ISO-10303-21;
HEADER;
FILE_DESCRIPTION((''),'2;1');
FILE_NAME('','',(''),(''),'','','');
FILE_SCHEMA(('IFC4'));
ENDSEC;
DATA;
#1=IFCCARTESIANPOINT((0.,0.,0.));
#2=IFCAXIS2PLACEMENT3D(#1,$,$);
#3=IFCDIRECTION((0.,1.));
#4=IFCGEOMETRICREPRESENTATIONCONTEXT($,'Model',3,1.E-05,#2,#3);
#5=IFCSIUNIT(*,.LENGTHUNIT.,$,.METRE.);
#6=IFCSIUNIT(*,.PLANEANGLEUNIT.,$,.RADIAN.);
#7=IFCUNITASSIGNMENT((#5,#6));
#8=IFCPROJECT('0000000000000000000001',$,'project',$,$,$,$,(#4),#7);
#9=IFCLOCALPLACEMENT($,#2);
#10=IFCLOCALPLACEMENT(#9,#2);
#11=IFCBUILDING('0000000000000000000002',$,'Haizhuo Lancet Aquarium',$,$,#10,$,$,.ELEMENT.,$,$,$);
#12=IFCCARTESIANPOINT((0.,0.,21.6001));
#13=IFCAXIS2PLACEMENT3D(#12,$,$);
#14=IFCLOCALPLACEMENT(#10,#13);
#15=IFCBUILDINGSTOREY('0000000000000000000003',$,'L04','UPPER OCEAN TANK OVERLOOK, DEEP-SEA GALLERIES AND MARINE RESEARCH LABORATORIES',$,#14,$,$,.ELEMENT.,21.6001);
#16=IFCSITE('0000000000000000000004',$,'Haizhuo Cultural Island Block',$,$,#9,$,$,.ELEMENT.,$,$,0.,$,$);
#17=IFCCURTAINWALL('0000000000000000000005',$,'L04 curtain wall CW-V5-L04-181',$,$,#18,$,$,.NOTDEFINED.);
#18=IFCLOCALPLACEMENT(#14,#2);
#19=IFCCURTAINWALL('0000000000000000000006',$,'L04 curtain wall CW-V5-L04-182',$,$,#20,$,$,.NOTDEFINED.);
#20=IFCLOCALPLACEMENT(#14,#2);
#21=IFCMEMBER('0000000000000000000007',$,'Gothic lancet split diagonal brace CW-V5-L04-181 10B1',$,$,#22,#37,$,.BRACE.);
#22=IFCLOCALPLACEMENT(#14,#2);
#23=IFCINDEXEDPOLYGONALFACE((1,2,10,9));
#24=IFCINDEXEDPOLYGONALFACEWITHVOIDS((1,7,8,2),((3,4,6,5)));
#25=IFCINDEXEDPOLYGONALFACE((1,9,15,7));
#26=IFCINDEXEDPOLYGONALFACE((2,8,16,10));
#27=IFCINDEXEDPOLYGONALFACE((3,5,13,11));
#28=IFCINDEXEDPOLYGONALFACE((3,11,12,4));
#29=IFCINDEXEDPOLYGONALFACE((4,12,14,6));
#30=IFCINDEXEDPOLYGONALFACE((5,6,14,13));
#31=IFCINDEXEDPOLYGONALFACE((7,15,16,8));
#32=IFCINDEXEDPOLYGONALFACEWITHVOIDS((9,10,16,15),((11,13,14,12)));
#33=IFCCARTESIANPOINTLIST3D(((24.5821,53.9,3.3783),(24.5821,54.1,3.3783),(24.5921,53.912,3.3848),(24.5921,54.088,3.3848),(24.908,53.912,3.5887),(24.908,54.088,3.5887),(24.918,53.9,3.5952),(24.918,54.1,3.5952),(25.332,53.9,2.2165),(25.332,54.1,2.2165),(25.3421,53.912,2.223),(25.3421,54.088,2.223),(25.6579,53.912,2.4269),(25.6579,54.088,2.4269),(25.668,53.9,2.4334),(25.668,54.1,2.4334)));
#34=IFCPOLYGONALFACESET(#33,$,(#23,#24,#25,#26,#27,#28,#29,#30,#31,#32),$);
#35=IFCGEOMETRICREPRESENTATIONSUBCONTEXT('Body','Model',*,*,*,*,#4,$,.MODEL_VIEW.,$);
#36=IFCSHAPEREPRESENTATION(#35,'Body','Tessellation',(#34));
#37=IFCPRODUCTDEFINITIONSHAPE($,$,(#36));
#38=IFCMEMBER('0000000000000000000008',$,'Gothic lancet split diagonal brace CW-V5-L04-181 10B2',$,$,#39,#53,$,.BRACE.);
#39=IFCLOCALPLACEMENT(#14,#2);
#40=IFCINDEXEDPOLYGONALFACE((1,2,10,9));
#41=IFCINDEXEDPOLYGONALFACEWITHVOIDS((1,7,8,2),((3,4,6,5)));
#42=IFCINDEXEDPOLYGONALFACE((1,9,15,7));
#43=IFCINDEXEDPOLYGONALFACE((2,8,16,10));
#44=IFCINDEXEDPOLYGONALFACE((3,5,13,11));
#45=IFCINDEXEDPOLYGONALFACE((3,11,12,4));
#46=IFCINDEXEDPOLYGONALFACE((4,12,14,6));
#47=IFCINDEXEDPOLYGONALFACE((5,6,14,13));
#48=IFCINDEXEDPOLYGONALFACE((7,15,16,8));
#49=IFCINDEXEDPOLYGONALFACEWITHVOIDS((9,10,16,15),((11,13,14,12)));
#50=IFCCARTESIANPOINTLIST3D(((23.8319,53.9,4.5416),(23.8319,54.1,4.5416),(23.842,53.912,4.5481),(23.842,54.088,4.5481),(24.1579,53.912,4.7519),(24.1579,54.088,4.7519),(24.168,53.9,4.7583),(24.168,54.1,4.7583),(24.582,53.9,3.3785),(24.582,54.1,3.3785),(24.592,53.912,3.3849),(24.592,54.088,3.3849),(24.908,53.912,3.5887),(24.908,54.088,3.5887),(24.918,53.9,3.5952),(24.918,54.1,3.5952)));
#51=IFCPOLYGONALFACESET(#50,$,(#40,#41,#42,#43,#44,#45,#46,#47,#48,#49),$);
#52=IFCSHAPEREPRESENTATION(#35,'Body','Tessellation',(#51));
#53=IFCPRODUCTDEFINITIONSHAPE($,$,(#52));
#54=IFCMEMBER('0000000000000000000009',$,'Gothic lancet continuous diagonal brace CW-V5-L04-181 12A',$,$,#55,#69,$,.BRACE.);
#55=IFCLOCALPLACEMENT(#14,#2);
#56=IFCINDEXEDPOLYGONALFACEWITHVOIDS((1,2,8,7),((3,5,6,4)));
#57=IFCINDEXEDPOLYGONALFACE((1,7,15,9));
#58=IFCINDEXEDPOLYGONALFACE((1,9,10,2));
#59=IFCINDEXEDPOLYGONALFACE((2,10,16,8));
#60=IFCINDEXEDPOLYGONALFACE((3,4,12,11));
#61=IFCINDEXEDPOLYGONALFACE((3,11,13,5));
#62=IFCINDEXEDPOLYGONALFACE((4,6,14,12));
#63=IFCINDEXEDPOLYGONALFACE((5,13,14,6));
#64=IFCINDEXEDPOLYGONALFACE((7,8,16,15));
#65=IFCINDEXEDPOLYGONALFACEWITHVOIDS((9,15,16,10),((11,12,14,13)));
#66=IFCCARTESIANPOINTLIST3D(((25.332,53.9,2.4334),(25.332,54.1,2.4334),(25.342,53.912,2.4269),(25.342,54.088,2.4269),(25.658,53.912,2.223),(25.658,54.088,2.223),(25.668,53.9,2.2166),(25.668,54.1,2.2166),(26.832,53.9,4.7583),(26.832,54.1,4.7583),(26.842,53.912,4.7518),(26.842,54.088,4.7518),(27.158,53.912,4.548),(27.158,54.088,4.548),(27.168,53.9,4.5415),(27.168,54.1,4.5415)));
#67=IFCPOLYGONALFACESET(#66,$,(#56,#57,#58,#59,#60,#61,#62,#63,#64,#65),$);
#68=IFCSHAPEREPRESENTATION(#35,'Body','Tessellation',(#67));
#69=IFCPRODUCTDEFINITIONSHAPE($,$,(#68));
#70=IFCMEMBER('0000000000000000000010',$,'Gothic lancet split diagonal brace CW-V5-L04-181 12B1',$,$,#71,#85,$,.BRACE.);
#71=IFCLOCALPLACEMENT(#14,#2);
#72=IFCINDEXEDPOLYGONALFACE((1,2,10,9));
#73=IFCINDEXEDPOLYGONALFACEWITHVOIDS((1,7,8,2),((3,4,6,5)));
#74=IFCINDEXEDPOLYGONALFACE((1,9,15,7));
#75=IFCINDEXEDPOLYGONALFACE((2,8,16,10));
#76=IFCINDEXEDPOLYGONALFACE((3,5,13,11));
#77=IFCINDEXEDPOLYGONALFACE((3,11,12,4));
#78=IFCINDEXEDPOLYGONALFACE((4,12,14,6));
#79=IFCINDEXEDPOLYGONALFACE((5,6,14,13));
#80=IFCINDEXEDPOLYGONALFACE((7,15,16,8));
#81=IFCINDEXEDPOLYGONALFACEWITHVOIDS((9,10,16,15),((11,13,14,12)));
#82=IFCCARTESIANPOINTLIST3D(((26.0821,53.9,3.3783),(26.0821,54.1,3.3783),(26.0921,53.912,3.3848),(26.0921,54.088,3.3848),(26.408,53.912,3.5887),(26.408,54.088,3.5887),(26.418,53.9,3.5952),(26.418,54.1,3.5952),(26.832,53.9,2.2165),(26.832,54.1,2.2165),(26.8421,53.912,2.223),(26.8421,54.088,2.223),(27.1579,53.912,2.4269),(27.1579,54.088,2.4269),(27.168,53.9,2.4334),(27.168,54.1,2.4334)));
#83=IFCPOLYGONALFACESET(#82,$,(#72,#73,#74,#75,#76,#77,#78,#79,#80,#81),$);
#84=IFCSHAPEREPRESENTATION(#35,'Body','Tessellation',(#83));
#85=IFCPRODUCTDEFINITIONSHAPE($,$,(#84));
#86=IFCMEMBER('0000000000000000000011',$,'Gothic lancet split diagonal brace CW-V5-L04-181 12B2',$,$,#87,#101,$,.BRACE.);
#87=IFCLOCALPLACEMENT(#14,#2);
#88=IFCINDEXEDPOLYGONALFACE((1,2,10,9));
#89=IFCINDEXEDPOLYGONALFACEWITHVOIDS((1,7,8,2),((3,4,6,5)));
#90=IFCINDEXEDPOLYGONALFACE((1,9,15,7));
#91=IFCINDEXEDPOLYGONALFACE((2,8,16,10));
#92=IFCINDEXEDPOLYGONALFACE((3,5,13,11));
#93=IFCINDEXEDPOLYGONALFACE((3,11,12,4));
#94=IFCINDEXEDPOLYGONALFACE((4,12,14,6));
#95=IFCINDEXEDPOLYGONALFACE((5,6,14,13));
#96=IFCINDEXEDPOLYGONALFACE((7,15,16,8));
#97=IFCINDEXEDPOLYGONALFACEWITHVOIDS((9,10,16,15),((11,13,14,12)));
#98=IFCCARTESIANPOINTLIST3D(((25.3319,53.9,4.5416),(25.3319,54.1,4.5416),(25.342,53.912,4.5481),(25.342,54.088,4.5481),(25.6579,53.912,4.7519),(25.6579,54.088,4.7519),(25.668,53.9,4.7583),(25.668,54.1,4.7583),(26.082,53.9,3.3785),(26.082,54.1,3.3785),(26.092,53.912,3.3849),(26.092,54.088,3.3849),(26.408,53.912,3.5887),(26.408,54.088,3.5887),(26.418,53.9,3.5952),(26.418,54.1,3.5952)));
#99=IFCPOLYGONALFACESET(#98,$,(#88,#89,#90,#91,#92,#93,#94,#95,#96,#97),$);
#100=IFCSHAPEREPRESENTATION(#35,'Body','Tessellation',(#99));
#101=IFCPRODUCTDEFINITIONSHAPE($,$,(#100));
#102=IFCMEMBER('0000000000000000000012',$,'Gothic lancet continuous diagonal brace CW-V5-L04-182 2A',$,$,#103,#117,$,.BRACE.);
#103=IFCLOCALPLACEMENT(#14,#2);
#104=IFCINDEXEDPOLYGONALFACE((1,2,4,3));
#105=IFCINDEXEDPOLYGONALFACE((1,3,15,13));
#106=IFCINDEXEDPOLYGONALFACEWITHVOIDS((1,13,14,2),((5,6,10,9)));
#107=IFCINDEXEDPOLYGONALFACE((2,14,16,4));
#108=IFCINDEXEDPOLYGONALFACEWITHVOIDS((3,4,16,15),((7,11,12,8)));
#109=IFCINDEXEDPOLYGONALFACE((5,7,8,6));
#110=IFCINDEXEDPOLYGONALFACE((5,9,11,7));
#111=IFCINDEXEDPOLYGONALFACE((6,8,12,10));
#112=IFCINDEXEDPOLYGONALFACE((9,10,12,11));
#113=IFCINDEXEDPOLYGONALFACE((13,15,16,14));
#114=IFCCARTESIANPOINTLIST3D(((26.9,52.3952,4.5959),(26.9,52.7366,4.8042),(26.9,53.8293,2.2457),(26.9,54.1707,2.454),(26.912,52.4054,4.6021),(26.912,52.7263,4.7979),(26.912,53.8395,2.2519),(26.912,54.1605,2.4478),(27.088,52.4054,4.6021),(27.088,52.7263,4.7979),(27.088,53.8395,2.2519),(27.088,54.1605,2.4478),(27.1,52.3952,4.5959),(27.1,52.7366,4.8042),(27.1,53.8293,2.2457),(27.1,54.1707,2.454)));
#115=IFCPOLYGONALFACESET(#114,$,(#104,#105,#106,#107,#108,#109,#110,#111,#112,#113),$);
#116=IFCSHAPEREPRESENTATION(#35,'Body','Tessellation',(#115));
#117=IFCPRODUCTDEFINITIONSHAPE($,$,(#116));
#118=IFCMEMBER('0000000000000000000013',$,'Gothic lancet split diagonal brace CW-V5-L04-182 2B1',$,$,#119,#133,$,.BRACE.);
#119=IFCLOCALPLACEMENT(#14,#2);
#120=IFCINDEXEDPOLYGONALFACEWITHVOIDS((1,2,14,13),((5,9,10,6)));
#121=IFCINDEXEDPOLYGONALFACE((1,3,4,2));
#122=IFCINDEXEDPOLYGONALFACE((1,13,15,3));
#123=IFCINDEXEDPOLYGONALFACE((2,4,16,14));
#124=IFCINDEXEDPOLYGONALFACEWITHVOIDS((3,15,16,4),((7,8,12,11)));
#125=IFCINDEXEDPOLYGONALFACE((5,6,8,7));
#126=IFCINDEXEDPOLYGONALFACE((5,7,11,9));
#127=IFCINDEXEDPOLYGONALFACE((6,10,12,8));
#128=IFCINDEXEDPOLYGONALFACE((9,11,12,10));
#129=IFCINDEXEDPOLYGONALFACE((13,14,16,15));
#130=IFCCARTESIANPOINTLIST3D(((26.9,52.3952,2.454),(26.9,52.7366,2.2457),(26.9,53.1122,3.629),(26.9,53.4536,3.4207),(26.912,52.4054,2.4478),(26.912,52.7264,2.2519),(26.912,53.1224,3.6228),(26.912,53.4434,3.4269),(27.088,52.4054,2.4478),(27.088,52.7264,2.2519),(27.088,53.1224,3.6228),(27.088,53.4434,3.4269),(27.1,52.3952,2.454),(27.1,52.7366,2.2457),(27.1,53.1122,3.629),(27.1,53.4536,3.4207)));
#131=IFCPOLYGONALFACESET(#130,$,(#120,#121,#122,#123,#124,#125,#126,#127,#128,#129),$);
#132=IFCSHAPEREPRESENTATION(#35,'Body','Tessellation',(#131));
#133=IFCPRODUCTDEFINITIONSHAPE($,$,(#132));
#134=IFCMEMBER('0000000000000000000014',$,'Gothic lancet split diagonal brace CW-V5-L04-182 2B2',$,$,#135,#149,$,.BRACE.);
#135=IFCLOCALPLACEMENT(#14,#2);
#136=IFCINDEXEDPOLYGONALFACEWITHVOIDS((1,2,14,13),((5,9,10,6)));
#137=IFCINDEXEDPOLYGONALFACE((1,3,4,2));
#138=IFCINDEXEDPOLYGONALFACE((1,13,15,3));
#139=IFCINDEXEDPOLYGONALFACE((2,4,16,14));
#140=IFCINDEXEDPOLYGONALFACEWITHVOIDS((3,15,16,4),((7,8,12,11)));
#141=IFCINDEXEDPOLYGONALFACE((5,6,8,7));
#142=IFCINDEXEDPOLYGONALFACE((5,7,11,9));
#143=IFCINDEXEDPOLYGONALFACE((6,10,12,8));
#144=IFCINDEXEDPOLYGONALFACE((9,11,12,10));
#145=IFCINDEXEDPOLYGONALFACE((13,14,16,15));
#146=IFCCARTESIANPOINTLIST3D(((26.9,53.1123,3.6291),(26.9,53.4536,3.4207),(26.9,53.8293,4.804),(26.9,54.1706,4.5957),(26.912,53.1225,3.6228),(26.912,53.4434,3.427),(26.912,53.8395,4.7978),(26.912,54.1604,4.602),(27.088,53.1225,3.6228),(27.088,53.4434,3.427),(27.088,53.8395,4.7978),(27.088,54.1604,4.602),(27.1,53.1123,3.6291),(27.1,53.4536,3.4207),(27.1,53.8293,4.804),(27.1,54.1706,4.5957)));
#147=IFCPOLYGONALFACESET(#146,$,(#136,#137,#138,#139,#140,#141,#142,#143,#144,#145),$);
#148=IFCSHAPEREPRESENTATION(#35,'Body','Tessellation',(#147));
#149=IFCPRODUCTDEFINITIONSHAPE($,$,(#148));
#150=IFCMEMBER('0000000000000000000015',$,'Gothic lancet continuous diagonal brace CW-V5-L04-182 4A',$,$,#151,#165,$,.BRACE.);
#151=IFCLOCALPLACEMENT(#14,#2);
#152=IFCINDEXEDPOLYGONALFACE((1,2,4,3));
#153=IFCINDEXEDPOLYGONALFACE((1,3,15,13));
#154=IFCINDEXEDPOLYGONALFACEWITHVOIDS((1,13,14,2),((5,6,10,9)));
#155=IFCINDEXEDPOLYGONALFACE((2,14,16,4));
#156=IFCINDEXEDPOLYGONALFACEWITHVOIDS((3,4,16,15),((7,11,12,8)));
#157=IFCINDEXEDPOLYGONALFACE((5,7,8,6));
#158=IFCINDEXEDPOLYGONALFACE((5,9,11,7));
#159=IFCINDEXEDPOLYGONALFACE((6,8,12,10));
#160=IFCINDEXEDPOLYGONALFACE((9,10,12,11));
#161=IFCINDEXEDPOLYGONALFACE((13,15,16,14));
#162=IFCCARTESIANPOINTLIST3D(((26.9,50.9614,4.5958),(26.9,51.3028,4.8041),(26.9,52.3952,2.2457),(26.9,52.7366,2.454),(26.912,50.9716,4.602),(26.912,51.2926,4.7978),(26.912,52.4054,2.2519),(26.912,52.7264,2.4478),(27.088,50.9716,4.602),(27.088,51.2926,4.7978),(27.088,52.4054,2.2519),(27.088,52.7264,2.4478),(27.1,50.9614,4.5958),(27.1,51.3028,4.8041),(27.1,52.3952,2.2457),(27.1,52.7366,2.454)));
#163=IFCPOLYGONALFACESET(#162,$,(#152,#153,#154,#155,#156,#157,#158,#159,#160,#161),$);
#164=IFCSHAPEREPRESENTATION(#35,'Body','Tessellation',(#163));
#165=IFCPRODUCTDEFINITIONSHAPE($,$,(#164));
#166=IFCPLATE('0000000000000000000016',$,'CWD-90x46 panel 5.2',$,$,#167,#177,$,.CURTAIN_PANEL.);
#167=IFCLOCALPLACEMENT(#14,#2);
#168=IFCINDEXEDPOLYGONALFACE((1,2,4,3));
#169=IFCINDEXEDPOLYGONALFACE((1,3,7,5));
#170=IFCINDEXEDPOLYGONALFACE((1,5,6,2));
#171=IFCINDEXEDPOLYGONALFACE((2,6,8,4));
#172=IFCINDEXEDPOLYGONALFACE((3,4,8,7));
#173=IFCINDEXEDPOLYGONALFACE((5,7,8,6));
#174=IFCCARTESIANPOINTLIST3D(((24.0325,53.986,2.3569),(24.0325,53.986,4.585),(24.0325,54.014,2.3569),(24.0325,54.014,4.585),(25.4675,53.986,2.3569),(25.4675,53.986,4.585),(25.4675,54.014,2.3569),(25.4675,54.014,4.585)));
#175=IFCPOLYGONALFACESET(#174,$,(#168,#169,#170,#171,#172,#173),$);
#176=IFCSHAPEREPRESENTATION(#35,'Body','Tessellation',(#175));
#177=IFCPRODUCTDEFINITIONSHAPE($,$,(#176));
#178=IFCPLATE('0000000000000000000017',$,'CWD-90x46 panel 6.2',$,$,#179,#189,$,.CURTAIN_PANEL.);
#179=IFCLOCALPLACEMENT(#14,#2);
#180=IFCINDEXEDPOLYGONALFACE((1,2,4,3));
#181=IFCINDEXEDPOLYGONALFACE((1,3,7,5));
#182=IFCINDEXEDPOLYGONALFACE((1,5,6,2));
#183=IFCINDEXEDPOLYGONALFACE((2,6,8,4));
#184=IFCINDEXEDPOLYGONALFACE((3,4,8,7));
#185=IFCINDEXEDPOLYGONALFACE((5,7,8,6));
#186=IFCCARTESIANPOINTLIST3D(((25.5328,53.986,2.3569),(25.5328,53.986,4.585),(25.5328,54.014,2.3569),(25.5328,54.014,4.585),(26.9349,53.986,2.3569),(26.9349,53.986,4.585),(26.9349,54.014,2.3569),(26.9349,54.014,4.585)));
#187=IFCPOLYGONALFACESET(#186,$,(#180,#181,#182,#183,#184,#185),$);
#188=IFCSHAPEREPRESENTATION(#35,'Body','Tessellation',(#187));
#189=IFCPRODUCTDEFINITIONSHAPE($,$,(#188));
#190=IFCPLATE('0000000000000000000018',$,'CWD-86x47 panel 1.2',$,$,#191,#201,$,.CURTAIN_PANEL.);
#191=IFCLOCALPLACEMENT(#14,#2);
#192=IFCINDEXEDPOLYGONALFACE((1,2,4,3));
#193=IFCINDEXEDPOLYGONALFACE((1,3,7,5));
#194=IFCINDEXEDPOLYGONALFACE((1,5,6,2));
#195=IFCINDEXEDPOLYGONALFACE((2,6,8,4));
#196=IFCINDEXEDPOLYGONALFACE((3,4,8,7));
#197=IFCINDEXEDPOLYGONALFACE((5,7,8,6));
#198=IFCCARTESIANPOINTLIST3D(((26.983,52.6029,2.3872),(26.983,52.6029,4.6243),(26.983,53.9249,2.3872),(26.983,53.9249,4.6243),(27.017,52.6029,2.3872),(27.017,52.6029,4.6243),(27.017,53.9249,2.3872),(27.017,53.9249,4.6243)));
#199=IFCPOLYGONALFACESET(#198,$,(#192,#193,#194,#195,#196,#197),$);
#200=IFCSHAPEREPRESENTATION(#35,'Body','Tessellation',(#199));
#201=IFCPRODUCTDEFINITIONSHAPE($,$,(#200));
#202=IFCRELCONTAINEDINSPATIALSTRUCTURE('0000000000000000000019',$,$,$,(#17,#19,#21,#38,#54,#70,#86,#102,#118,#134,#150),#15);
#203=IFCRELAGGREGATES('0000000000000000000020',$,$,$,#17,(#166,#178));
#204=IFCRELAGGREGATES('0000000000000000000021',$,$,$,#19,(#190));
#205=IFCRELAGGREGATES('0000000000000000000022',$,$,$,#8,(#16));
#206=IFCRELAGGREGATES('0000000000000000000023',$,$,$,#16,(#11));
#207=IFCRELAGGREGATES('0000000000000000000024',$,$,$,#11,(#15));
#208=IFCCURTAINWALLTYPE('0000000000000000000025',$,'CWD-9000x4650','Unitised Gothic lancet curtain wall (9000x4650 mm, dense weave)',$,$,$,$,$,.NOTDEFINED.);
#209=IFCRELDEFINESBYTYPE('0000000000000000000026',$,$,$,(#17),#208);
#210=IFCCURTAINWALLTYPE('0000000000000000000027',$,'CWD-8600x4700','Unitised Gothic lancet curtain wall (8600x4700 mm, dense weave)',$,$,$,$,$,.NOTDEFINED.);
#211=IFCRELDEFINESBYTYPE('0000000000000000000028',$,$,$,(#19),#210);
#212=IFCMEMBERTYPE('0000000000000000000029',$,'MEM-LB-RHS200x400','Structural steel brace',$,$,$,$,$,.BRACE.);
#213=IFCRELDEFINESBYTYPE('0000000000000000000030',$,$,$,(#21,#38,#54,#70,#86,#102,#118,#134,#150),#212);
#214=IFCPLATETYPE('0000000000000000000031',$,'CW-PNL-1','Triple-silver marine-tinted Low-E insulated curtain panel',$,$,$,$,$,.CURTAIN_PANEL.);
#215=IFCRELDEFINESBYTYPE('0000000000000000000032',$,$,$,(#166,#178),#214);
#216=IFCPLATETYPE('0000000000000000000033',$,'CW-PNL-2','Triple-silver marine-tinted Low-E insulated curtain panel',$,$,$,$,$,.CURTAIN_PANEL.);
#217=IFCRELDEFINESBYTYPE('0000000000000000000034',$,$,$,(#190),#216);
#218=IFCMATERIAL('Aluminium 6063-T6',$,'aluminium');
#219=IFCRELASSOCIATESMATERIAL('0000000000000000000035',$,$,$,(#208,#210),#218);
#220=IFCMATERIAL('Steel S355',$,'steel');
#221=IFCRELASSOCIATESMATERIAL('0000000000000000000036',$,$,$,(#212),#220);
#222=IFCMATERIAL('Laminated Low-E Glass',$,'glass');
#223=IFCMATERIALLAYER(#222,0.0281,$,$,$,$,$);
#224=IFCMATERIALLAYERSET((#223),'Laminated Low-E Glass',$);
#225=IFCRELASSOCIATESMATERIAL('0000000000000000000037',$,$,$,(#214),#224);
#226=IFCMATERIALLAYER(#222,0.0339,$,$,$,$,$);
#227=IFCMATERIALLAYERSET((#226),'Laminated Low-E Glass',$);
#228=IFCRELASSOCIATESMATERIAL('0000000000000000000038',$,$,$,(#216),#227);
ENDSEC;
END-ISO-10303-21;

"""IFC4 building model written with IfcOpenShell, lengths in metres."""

from ifc_helpers import new_model, si_unit, direction, frame, origin, origin_2d, place, context, subcontext, project, spatial, rectangle, hollow_rectangle, extrude, material, layer, layer_set, material_profile, profile_set, type_object, element, aggregate, save


model = new_model("IFC4")

# Units and contexts
model_context = context("Model", 3, precision=1e-05, world=origin(), true_north=direction((0.0, 1.0)))
body_context = subcontext(model_context, "Body", "Model", "MODEL_VIEW")
ifc_project = project(units=[si_unit("LENGTHUNIT", "METRE"), si_unit("PLANEANGLEUNIT", "RADIAN")], contexts=[model_context])

# Site, building, storey
site_placement = place(None, origin())
site = spatial("IfcSite", under=ifc_project, at=site_placement, Name="Haizhuo Cultural Island Block", CompositionType="ELEMENT", RefElevation=0.0)
building_placement = place(site_placement, origin())
building = spatial("IfcBuilding", under=site, at=building_placement, Name="Haizhuo Lancet Aquarium", CompositionType="ELEMENT")
storey_placement = place(building_placement, frame((0.0, 0.0, 21.6001)))
storey = spatial("IfcBuildingStorey", under=building, at=storey_placement, Name="L04", Description="UPPER OCEAN TANK OVERLOOK, DEEP-SEA GALLERIES AND MARINE RESEARCH LABORATORIES", CompositionType="ELEMENT", Elevation=21.6001)

# Curtain walls
ifc_material_1 = material(Name="Aluminium 6063-T6", Category="aluminium")
curtain_wall_type_1 = type_object("IfcCurtainWallType", Name="CWD-9000x4650", Description="Unitised Gothic lancet curtain wall (9000x4650 mm, dense weave)", PredefinedType="NOTDEFINED", material=ifc_material_1)
curtain_wall_1_placement = place(storey_placement, origin())
curtain_wall_1 = element("IfcCurtainWall", 1, at=curtain_wall_1_placement, inside=storey, type_object=curtain_wall_type_1, Name="L04 curtain wall CW-V5-L04-181", PredefinedType="NOTDEFINED")
curtain_wall_type_2 = type_object("IfcCurtainWallType", Name="CWD-8600x4700", Description="Unitised Gothic lancet curtain wall (8600x4700 mm, dense weave)", PredefinedType="NOTDEFINED", material=ifc_material_1)
curtain_wall_2_placement = place(storey_placement, origin())
curtain_wall_2 = element("IfcCurtainWall", 2, at=curtain_wall_2_placement, inside=storey, type_object=curtain_wall_type_2, Name="L04 curtain wall CW-V5-L04-182", PredefinedType="NOTDEFINED")

# Members
ifc_material_2 = material(Name="Steel S355", Category="steel")
ifc_material_profile_1 = material_profile(ifc_material_2, hollow_rectangle(XDim=0.2, YDim=0.3999, WallThickness=0.012, at=origin_2d()), Name="RHS 200x400x12")
ifc_profile_set_1 = profile_set([ifc_material_profile_1], Name="Steel S355")
member_type_1 = type_object("IfcMemberType", Name="MEM-LB-RHS200x400", Description="Structural steel brace", PredefinedType="BRACE", material=ifc_profile_set_1)
member_1_placement = place(storey_placement, frame((25.5, 54.0, 2.325), z_axis=(-0.542336, 0.0, 0.840162), x_axis=(0.0, -1.0, 0.0)))
element("IfcMember", 3, at=member_1_placement, inside=storey, type_object=member_type_1, Name="Gothic lancet split diagonal brace CW-V5-L04-181 10B1", PredefinedType="BRACE", context=body_context, shape_type="SweptSolid", body=[
    extrude(hollow_rectangle(XDim=0.2, YDim=0.3999, WallThickness=0.012, at=origin_2d()), origin(), (0.0, 0.0, 1.0), 1.3828),
])
member_2_placement = place(storey_placement, frame((24.75, 54.0, 3.4868), z_axis=(-0.541934, 0.0, 0.840421), x_axis=(0.0, -1.0, 0.0)))
element("IfcMember", 4, at=member_2_placement, inside=storey, type_object=member_type_1, Name="Gothic lancet split diagonal brace CW-V5-L04-181 10B2", PredefinedType="BRACE", context=body_context, shape_type="SweptSolid", body=[
    extrude(hollow_rectangle(XDim=0.2, YDim=0.3999, WallThickness=0.012, at=origin_2d()), origin(), (0.0, 0.0, 1.0), 1.384),
])
member_3_placement = place(storey_placement, frame((25.5, 54.0, 2.325), z_axis=(0.542135, 0.0, 0.840291), x_axis=(0.0, 1.0, 0.0)))
element("IfcMember", 5, at=member_3_placement, inside=storey, type_object=member_type_1, Name="Gothic lancet continuous diagonal brace CW-V5-L04-181 12A", PredefinedType="BRACE", context=body_context, shape_type="SweptSolid", body=[
    extrude(hollow_rectangle(XDim=0.2, YDim=0.3999, WallThickness=0.012, at=origin_2d()), origin(), (0.0, 0.0, 1.0), 2.7668),
])
member_4_placement = place(storey_placement, frame((27.0, 54.0, 2.325), z_axis=(-0.542336, 0.0, 0.840162), x_axis=(0.0, -1.0, 0.0)))
element("IfcMember", 6, at=member_4_placement, inside=storey, type_object=member_type_1, Name="Gothic lancet split diagonal brace CW-V5-L04-181 12B1", PredefinedType="BRACE", context=body_context, shape_type="SweptSolid", body=[
    extrude(hollow_rectangle(XDim=0.2, YDim=0.3999, WallThickness=0.012, at=origin_2d()), origin(), (0.0, 0.0, 1.0), 1.3828),
])
member_5_placement = place(storey_placement, frame((26.25, 54.0, 3.4868), z_axis=(-0.541934, 0.0, 0.840421), x_axis=(0.0, -1.0, 0.0)))
element("IfcMember", 7, at=member_5_placement, inside=storey, type_object=member_type_1, Name="Gothic lancet split diagonal brace CW-V5-L04-181 12B2", PredefinedType="BRACE", context=body_context, shape_type="SweptSolid", body=[
    extrude(hollow_rectangle(XDim=0.2, YDim=0.3999, WallThickness=0.012, at=origin_2d()), origin(), (0.0, 0.0, 1.0), 1.384),
])
member_6_placement = place(storey_placement, frame((27.0, 54.0, 2.3499), z_axis=(0.0, -0.520898, 0.853619), x_axis=(1.0, 0.0, 0.0)))
element("IfcMember", 8, at=member_6_placement, inside=storey, type_object=member_type_1, Name="Gothic lancet continuous diagonal brace CW-V5-L04-182 2A", PredefinedType="BRACE", context=body_context, shape_type="SweptSolid", body=[
    extrude(hollow_rectangle(XDim=0.2, YDim=0.3999, WallThickness=0.012, at=origin_2d()), origin(), (0.0, 0.0, 1.0), 2.7532),
])
for number, where, z_axis, x_axis, name in (
    (9, (27.0, 52.5659, 2.3499), (0.0, 0.520898, 0.853619), (-1.0, 0.0, 0.0), "Gothic lancet split diagonal brace CW-V5-L04-182 2B1"),
    (10, (27.0, 53.283, 3.5249), (0.0, 0.520898, 0.853619), (-1.0, 0.0, 0.0), "Gothic lancet split diagonal brace CW-V5-L04-182 2B2"),
):
    element("IfcMember", number, at=place(storey_placement, frame(where, z_axis=z_axis, x_axis=x_axis)), inside=storey, type_object=member_type_1, Name=name, PredefinedType="BRACE", context=body_context, shape_type="SweptSolid", body=[
        extrude(hollow_rectangle(XDim=0.2, YDim=0.3999, WallThickness=0.012, at=origin_2d()), origin(), (0.0, 0.0, 1.0), 1.3765),
    ])
member_7_placement = place(storey_placement, frame((27.0, 52.5659, 2.3499), z_axis=(0.0, -0.520833, 0.853659), x_axis=(1.0, 0.0, 0.0)))
element("IfcMember", 11, at=member_7_placement, inside=storey, type_object=member_type_1, Name="Gothic lancet continuous diagonal brace CW-V5-L04-182 4A", PredefinedType="BRACE", context=body_context, shape_type="SweptSolid", body=[
    extrude(hollow_rectangle(XDim=0.2, YDim=0.3999, WallThickness=0.012, at=origin_2d()), origin(), (0.0, 0.0, 1.0), 2.7529),
])

# Plates
ifc_material_3 = material(Name="Laminated Low-E Glass", Category="glass")
ifc_layer_1 = layer(ifc_material_3, 0.0281)
ifc_layer_set_1 = layer_set([ifc_layer_1], Name="Laminated Low-E Glass")
plate_type_1 = type_object("IfcPlateType", Name="CW-PNL-1", Description="Triple-silver marine-tinted Low-E insulated curtain panel", PredefinedType="CURTAIN_PANEL", material=ifc_layer_set_1)
plate_1_placement = place(storey_placement, frame((24.75, 54.0, 2.3569), z_axis=(0.0, 0.0, 1.0), x_axis=(1.0, 0.0, 0.0)))
plate_1 = element("IfcPlate", 12, at=plate_1_placement, type_object=plate_type_1, Name="CWD-90x46 panel 5.2", PredefinedType="CURTAIN_PANEL", context=body_context, shape_type="SweptSolid", body=[
    extrude(rectangle(XDim=1.4351, YDim=0.0281, at=origin_2d()), origin(), (0.0, 0.0, 1.0), 2.228),
])
plate_2_placement = place(storey_placement, frame((26.2339, 54.0, 2.3569), z_axis=(0.0, 0.0, 1.0), x_axis=(1.0, 0.0, 0.0)))
plate_2 = element("IfcPlate", 13, at=plate_2_placement, type_object=plate_type_1, Name="CWD-90x46 panel 6.2", PredefinedType="CURTAIN_PANEL", context=body_context, shape_type="SweptSolid", body=[
    extrude(rectangle(XDim=1.4021, YDim=0.0281, at=origin_2d()), origin(), (0.0, 0.0, 1.0), 2.228),
])
aggregate(curtain_wall_1, [plate_1, plate_2])
ifc_layer_2 = layer(ifc_material_3, 0.0339)
ifc_layer_set_2 = layer_set([ifc_layer_2], Name="Laminated Low-E Glass")
plate_type_2 = type_object("IfcPlateType", Name="CW-PNL-2", Description="Triple-silver marine-tinted Low-E insulated curtain panel", PredefinedType="CURTAIN_PANEL", material=ifc_layer_set_2)
plate_3_placement = place(storey_placement, frame((27.0, 53.2639, 2.3872), z_axis=(0.0, 0.0, 1.0), x_axis=(0.0, -1.0, 0.0)))
plate_3 = element("IfcPlate", 14, at=plate_3_placement, type_object=plate_type_2, Name="CWD-86x47 panel 1.2", PredefinedType="CURTAIN_PANEL", context=body_context, shape_type="SweptSolid", body=[
    extrude(rectangle(XDim=1.322, YDim=0.0339, at=origin_2d()), origin(), (0.0, 0.0, 1.0), 2.2371),
])
aggregate(curtain_wall_2, [plate_3])

save(model, "model.ifc")
